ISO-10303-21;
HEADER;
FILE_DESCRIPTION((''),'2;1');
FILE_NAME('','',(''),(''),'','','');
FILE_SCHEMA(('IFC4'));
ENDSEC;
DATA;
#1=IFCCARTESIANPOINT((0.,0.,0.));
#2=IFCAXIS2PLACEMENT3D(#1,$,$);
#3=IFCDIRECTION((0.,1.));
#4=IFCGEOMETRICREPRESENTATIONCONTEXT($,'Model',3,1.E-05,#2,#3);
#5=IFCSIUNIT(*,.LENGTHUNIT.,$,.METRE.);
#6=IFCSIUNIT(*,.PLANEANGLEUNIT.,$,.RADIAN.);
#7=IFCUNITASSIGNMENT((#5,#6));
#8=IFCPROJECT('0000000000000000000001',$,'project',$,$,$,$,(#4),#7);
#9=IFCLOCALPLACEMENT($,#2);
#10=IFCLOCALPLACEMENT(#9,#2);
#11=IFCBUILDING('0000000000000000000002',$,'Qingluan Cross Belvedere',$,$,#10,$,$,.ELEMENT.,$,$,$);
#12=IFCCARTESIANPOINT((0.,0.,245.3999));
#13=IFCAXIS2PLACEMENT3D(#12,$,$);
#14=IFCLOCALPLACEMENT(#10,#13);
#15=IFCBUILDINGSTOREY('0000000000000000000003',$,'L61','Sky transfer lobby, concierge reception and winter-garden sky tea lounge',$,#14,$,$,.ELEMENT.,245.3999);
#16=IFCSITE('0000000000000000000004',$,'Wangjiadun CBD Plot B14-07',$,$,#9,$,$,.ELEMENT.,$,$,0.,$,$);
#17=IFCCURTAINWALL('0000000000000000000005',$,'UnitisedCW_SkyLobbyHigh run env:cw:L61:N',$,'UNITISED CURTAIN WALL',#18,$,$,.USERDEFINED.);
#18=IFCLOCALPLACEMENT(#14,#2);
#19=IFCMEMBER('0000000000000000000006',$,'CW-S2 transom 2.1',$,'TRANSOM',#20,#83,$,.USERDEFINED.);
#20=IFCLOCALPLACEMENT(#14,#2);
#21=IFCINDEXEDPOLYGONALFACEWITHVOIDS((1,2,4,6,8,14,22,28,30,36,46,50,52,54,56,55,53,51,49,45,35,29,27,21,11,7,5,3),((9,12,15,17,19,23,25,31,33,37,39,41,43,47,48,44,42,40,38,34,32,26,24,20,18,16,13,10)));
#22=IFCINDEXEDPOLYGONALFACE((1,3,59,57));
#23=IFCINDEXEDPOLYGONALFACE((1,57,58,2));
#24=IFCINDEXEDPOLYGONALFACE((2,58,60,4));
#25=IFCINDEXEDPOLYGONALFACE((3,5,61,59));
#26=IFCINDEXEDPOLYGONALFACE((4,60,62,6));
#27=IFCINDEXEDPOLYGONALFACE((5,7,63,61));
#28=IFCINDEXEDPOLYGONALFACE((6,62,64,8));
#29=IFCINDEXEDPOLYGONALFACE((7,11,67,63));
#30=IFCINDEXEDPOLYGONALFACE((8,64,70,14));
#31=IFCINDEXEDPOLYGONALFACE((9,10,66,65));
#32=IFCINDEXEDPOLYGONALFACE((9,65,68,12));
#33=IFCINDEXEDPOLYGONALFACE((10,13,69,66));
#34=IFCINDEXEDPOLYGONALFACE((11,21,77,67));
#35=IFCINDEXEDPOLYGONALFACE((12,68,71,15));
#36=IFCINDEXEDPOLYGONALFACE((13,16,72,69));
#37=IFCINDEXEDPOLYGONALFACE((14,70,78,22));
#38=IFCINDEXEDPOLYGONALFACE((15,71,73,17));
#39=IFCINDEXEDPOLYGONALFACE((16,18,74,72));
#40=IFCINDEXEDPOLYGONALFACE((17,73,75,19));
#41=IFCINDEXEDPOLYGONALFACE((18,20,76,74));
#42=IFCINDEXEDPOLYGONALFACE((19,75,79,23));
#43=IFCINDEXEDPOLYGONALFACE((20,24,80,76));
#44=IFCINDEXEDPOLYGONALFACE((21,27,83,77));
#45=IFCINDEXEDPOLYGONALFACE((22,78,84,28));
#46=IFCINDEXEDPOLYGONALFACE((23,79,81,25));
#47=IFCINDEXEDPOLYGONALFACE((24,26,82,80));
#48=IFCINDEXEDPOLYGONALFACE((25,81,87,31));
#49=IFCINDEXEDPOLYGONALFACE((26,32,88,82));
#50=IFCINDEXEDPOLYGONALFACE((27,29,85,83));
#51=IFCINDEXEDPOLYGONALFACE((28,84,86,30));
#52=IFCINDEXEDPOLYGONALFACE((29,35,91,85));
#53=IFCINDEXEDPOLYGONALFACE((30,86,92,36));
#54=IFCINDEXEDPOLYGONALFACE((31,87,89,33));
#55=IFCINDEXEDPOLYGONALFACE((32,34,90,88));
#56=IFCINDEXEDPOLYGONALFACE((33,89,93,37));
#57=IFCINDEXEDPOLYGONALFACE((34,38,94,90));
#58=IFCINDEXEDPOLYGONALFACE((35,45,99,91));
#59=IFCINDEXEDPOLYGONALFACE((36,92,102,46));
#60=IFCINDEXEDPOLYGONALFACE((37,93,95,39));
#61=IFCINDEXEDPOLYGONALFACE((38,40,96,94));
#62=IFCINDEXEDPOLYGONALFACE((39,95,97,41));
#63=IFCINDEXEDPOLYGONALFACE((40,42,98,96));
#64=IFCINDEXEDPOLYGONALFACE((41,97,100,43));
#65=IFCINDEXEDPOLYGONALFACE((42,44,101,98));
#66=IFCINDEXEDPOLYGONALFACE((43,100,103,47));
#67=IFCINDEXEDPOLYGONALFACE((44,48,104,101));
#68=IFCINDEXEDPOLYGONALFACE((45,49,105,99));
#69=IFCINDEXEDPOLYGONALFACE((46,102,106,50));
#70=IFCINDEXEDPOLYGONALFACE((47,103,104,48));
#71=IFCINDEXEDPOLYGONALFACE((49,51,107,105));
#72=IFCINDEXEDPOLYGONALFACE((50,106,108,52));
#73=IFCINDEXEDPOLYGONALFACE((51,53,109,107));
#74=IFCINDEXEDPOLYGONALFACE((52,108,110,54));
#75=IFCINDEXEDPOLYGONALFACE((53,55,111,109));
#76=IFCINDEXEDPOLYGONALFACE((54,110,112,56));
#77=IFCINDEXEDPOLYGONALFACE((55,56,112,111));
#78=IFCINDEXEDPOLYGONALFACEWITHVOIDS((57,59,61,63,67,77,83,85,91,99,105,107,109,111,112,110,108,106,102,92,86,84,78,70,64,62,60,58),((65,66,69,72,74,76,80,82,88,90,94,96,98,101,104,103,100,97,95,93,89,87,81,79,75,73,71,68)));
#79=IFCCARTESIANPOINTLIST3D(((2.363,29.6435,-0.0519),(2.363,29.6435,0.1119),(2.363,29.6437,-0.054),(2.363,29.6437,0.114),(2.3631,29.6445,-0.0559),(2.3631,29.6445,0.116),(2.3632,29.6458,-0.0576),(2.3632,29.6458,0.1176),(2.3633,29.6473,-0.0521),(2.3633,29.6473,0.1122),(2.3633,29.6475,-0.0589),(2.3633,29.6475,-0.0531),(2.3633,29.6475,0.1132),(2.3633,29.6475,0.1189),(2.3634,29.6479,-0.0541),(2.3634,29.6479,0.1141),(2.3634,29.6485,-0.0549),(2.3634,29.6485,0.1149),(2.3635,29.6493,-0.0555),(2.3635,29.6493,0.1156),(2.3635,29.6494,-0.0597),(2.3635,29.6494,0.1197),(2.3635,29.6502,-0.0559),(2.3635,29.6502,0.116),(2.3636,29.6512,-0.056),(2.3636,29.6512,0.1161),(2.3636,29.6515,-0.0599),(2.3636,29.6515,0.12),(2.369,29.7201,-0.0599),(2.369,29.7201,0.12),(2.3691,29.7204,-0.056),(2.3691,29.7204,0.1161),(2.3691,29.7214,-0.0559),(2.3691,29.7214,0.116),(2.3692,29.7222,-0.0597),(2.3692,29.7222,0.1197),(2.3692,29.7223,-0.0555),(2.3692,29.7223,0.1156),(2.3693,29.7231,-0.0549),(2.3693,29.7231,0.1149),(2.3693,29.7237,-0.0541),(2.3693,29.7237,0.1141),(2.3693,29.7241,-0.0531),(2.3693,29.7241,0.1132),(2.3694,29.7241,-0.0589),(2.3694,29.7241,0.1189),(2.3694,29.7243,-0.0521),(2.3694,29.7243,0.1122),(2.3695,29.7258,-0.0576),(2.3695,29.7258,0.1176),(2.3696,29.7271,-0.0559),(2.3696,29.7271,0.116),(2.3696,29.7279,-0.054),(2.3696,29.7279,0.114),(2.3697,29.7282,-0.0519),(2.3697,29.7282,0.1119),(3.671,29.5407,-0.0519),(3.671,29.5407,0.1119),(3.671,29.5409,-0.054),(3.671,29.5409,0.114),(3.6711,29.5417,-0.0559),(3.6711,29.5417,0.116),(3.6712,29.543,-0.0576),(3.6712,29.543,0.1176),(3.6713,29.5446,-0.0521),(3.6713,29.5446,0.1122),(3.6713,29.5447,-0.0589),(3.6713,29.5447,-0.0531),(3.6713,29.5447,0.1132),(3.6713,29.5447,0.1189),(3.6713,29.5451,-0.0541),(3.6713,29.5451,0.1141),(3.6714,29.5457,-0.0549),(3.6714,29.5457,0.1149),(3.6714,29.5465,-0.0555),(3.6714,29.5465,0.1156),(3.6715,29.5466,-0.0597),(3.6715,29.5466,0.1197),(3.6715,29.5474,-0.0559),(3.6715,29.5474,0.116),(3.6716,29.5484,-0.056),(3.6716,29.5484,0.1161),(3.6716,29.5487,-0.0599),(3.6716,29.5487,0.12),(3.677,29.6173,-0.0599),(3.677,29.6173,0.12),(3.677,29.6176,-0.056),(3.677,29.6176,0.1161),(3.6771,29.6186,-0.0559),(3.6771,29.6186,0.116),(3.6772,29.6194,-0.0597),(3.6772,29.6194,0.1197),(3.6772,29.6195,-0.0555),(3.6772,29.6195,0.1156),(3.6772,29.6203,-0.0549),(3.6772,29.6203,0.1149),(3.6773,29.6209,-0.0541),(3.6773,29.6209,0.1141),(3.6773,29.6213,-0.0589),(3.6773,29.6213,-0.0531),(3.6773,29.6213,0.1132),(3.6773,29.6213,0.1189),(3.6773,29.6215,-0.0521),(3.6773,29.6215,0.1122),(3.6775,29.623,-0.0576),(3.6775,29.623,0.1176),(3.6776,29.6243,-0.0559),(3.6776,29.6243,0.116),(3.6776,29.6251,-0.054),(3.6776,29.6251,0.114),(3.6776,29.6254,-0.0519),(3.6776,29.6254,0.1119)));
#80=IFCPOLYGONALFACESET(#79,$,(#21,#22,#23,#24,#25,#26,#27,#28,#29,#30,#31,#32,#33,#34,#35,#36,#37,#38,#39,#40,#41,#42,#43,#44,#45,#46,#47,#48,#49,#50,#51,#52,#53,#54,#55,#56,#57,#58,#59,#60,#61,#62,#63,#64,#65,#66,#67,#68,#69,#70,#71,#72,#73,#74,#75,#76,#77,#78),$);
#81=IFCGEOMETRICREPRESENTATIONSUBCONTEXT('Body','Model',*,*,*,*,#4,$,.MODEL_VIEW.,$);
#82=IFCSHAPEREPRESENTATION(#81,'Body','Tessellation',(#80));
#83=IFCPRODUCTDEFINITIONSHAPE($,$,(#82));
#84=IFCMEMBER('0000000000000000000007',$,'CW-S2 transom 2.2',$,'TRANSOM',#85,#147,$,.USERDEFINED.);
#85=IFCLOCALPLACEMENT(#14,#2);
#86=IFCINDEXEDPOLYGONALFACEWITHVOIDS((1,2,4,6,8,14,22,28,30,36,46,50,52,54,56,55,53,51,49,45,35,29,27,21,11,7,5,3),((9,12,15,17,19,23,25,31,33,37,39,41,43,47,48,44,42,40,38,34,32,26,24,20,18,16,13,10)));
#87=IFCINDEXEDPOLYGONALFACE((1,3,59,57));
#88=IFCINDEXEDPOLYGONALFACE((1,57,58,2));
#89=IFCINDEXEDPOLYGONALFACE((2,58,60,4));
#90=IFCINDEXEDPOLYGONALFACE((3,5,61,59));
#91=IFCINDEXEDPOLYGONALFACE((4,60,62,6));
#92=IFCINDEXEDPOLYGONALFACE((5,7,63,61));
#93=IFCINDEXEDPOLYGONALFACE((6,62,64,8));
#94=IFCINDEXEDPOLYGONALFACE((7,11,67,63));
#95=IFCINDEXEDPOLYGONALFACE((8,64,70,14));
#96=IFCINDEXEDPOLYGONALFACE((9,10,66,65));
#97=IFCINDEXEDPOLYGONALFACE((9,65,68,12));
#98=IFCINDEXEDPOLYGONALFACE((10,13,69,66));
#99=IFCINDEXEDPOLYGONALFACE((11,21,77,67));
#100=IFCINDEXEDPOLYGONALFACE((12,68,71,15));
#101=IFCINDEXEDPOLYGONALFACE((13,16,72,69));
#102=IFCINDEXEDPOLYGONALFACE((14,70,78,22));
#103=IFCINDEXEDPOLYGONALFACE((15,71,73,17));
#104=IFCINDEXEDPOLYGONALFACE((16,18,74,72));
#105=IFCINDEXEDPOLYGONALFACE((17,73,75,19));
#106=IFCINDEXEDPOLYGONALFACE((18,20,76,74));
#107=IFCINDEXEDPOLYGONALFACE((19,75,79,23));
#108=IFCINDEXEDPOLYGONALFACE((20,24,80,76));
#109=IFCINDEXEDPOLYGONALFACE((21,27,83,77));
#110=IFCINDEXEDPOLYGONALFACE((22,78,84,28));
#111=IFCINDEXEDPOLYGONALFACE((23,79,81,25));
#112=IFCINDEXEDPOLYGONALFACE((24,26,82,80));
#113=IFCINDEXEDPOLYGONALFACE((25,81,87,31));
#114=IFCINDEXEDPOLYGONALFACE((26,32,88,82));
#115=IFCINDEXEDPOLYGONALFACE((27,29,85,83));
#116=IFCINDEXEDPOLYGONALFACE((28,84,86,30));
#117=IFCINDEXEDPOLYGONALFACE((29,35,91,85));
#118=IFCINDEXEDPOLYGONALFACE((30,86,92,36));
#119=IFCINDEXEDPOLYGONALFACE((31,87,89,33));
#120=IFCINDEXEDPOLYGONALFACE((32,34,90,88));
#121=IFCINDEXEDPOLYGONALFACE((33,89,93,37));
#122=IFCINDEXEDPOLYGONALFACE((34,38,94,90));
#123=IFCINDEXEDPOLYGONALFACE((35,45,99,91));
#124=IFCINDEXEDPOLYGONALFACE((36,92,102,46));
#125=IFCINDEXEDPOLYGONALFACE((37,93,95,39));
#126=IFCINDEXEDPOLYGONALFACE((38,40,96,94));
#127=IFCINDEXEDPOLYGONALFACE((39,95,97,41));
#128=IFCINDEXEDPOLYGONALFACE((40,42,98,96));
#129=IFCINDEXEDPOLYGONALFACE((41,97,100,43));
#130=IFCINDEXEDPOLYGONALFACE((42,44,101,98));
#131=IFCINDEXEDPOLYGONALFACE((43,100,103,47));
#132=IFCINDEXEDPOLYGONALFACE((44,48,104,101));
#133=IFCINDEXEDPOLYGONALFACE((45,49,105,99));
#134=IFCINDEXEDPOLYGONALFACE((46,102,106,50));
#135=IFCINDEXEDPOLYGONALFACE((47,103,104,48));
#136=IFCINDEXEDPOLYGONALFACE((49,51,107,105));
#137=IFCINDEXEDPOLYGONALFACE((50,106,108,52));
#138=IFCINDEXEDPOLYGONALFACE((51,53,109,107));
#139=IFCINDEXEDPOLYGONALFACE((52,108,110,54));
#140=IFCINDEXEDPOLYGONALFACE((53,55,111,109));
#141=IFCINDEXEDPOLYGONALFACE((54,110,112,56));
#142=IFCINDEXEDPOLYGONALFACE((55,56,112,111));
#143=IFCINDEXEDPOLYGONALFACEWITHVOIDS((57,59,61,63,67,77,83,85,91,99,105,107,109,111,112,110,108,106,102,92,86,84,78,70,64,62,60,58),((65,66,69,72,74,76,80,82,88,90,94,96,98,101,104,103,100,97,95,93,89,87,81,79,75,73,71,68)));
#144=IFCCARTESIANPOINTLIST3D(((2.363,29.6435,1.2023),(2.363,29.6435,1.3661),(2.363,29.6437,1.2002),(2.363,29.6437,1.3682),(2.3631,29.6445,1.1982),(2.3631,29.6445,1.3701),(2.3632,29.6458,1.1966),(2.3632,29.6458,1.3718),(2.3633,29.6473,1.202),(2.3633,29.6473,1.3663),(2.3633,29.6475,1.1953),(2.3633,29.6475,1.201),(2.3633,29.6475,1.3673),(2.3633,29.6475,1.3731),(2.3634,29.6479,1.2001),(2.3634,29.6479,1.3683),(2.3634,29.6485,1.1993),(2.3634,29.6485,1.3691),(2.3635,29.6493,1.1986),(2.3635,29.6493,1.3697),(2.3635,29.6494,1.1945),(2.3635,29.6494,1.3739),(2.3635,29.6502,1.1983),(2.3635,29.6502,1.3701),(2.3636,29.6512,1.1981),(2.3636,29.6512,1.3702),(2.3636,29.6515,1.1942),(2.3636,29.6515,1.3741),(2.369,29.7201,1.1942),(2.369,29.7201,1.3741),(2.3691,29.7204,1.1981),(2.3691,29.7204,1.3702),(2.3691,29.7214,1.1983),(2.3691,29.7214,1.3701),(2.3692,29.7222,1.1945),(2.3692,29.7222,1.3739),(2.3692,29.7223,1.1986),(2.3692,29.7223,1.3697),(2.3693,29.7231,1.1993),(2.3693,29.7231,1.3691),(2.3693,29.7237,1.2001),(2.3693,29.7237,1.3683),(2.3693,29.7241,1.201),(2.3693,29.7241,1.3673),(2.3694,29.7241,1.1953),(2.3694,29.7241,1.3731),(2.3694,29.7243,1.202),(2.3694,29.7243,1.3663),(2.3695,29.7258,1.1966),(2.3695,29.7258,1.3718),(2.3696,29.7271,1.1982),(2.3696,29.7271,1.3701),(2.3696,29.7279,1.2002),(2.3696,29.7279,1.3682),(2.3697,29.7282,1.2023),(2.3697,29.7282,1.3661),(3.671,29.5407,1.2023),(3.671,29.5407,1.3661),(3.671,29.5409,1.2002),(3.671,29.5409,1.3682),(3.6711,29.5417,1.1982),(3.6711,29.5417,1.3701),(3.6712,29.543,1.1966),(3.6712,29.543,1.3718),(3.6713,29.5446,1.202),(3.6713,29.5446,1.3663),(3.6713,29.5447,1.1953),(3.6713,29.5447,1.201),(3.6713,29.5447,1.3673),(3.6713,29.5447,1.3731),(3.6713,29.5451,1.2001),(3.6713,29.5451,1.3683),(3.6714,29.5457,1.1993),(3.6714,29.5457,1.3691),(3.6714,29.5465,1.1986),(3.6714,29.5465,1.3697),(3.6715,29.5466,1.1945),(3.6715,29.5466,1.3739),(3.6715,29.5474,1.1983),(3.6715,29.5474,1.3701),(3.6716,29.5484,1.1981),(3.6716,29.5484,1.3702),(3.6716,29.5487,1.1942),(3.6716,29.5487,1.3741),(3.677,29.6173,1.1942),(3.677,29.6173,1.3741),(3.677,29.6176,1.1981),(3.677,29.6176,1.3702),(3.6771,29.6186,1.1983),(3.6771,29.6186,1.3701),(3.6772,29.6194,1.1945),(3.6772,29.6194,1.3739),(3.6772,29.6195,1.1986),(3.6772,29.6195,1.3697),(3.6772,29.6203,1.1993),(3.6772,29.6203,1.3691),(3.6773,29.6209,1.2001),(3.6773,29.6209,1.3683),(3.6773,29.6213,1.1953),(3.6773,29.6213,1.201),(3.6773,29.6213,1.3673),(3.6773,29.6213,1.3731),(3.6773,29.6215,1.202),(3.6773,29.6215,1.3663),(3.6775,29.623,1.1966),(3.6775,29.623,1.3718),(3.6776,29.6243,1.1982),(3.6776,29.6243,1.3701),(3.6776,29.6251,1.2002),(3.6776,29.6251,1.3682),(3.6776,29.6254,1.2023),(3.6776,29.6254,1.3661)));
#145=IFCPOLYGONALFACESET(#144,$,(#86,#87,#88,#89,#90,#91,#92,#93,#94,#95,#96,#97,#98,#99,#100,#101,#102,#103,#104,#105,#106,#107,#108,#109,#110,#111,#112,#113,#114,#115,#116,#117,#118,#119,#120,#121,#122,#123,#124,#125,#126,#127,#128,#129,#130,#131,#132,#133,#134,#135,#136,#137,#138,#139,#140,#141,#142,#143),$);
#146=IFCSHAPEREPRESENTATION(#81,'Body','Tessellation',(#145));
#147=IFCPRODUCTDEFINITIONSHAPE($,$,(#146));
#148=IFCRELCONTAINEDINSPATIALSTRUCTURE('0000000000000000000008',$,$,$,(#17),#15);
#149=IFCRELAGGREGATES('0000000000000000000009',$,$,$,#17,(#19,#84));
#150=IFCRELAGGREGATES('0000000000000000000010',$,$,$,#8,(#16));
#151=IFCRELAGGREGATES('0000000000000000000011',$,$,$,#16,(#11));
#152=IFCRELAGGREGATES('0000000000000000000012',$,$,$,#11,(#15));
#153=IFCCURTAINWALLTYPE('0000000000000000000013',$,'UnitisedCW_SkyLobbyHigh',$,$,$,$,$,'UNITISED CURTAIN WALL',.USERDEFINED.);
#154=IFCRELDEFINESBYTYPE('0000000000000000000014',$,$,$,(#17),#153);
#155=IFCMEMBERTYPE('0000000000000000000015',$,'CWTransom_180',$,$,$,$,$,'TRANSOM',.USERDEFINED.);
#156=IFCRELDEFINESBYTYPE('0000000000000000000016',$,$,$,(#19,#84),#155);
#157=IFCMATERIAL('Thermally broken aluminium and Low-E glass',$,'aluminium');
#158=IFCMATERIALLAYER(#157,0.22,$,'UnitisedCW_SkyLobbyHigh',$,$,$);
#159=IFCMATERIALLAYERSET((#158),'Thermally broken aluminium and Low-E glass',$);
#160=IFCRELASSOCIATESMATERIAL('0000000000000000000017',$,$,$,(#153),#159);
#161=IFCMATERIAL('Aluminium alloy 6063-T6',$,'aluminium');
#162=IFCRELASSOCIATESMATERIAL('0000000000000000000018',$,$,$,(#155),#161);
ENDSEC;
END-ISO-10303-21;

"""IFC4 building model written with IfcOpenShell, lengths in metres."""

from ifc_helpers import new_model, si_unit, direction, frame, origin, origin_2d, place, context, subcontext, project, spatial, hollow_rectangle, extrude, material, layer, layer_set, material_profile, profile_set, type_object, element, aggregate, save


model = new_model("IFC4")

# Units and contexts
model_context = context("Model", 3, precision=1e-05, world=origin(), true_north=direction((0.0, 1.0)))
body_context = subcontext(model_context, "Body", "Model", "MODEL_VIEW")
ifc_project = project(units=[si_unit("LENGTHUNIT", "METRE"), si_unit("PLANEANGLEUNIT", "RADIAN")], contexts=[model_context])

# Site, building, storey
site_placement = place(None, origin())
site = spatial("IfcSite", under=ifc_project, at=site_placement, Name="Wangjiadun CBD Plot B14-07", CompositionType="ELEMENT", RefElevation=0.0)
building_placement = place(site_placement, origin())
building = spatial("IfcBuilding", under=site, at=building_placement, Name="Qingluan Cross Belvedere", CompositionType="ELEMENT")
storey_placement = place(building_placement, frame((0.0, 0.0, 245.3999)))
storey = spatial("IfcBuildingStorey", under=building, at=storey_placement, Name="L61", Description="Sky transfer lobby, concierge reception and winter-garden sky tea lounge", CompositionType="ELEMENT", Elevation=245.3999)

# Curtain wall, members
ifc_material_1 = material(Name="Thermally broken aluminium and Low-E glass", Category="aluminium")
ifc_layer_1 = layer(ifc_material_1, 0.22, Name="UnitisedCW_SkyLobbyHigh")
ifc_layer_set_1 = layer_set([ifc_layer_1], Name="Thermally broken aluminium and Low-E glass")
curtain_wall_type = type_object("IfcCurtainWallType", Name="UnitisedCW_SkyLobbyHigh", ElementType="UNITISED CURTAIN WALL", PredefinedType="USERDEFINED", material=ifc_layer_set_1)
curtain_wall_placement = place(storey_placement, origin())
curtain_wall = element("IfcCurtainWall", 1, at=curtain_wall_placement, inside=storey, type_object=curtain_wall_type, Name="UnitisedCW_SkyLobbyHigh run env:cw:L61:N", ObjectType="UNITISED CURTAIN WALL", PredefinedType="USERDEFINED")
ifc_material_2 = material(Name="Aluminium alloy 6063-T6", Category="aluminium")
ifc_material_profile_1 = material_profile(ifc_material_2, hollow_rectangle(XDim=0.085, YDim=0.1799, WallThickness=0.0039, InnerFilletRadius=0.0039, OuterFilletRadius=0.0081, at=origin_2d()), Name="CWT180x85x4")
ifc_profile_set_1 = profile_set([ifc_material_profile_1], Name="Aluminium alloy 6063-T6")
member_type_1 = type_object("IfcMemberType", Name="CWTransom_180", ElementType="TRANSOM", PredefinedType="USERDEFINED", material=ifc_profile_set_1)
member_1_placement = place(storey_placement, frame((3.6743, 29.583, 0.03), z_axis=(-0.996926, 0.078347, 0.0), x_axis=(-0.078347, -0.996926, 0.0)))
member_1 = element("IfcMember", 2, at=member_1_placement, type_object=member_type_1, Name="CW-S2 transom 2.1", ObjectType="TRANSOM", PredefinedType="USERDEFINED", context=body_context, shape_type="SweptSolid", body=[
    extrude(hollow_rectangle(XDim=0.085, YDim=0.1799, WallThickness=0.0039, InnerFilletRadius=0.0039, OuterFilletRadius=0.0081, at=origin_2d()), origin(), (0.0, 0.0, 1.0), 1.312),
])
member_2_placement = place(storey_placement, frame((3.6743, 29.583, 1.2842), z_axis=(-0.996926, 0.078347, 0.0), x_axis=(-0.078347, -0.996926, 0.0)))
member_2 = element("IfcMember", 3, at=member_2_placement, type_object=member_type_1, Name="CW-S2 transom 2.2", ObjectType="TRANSOM", PredefinedType="USERDEFINED", context=body_context, shape_type="SweptSolid", body=[
    extrude(hollow_rectangle(XDim=0.085, YDim=0.1799, WallThickness=0.0039, InnerFilletRadius=0.0039, OuterFilletRadius=0.0081, at=origin_2d()), origin(), (0.0, 0.0, 1.0), 1.312),
])

aggregate(curtain_wall, [member_1, member_2])

save(model, "model.ifc")
